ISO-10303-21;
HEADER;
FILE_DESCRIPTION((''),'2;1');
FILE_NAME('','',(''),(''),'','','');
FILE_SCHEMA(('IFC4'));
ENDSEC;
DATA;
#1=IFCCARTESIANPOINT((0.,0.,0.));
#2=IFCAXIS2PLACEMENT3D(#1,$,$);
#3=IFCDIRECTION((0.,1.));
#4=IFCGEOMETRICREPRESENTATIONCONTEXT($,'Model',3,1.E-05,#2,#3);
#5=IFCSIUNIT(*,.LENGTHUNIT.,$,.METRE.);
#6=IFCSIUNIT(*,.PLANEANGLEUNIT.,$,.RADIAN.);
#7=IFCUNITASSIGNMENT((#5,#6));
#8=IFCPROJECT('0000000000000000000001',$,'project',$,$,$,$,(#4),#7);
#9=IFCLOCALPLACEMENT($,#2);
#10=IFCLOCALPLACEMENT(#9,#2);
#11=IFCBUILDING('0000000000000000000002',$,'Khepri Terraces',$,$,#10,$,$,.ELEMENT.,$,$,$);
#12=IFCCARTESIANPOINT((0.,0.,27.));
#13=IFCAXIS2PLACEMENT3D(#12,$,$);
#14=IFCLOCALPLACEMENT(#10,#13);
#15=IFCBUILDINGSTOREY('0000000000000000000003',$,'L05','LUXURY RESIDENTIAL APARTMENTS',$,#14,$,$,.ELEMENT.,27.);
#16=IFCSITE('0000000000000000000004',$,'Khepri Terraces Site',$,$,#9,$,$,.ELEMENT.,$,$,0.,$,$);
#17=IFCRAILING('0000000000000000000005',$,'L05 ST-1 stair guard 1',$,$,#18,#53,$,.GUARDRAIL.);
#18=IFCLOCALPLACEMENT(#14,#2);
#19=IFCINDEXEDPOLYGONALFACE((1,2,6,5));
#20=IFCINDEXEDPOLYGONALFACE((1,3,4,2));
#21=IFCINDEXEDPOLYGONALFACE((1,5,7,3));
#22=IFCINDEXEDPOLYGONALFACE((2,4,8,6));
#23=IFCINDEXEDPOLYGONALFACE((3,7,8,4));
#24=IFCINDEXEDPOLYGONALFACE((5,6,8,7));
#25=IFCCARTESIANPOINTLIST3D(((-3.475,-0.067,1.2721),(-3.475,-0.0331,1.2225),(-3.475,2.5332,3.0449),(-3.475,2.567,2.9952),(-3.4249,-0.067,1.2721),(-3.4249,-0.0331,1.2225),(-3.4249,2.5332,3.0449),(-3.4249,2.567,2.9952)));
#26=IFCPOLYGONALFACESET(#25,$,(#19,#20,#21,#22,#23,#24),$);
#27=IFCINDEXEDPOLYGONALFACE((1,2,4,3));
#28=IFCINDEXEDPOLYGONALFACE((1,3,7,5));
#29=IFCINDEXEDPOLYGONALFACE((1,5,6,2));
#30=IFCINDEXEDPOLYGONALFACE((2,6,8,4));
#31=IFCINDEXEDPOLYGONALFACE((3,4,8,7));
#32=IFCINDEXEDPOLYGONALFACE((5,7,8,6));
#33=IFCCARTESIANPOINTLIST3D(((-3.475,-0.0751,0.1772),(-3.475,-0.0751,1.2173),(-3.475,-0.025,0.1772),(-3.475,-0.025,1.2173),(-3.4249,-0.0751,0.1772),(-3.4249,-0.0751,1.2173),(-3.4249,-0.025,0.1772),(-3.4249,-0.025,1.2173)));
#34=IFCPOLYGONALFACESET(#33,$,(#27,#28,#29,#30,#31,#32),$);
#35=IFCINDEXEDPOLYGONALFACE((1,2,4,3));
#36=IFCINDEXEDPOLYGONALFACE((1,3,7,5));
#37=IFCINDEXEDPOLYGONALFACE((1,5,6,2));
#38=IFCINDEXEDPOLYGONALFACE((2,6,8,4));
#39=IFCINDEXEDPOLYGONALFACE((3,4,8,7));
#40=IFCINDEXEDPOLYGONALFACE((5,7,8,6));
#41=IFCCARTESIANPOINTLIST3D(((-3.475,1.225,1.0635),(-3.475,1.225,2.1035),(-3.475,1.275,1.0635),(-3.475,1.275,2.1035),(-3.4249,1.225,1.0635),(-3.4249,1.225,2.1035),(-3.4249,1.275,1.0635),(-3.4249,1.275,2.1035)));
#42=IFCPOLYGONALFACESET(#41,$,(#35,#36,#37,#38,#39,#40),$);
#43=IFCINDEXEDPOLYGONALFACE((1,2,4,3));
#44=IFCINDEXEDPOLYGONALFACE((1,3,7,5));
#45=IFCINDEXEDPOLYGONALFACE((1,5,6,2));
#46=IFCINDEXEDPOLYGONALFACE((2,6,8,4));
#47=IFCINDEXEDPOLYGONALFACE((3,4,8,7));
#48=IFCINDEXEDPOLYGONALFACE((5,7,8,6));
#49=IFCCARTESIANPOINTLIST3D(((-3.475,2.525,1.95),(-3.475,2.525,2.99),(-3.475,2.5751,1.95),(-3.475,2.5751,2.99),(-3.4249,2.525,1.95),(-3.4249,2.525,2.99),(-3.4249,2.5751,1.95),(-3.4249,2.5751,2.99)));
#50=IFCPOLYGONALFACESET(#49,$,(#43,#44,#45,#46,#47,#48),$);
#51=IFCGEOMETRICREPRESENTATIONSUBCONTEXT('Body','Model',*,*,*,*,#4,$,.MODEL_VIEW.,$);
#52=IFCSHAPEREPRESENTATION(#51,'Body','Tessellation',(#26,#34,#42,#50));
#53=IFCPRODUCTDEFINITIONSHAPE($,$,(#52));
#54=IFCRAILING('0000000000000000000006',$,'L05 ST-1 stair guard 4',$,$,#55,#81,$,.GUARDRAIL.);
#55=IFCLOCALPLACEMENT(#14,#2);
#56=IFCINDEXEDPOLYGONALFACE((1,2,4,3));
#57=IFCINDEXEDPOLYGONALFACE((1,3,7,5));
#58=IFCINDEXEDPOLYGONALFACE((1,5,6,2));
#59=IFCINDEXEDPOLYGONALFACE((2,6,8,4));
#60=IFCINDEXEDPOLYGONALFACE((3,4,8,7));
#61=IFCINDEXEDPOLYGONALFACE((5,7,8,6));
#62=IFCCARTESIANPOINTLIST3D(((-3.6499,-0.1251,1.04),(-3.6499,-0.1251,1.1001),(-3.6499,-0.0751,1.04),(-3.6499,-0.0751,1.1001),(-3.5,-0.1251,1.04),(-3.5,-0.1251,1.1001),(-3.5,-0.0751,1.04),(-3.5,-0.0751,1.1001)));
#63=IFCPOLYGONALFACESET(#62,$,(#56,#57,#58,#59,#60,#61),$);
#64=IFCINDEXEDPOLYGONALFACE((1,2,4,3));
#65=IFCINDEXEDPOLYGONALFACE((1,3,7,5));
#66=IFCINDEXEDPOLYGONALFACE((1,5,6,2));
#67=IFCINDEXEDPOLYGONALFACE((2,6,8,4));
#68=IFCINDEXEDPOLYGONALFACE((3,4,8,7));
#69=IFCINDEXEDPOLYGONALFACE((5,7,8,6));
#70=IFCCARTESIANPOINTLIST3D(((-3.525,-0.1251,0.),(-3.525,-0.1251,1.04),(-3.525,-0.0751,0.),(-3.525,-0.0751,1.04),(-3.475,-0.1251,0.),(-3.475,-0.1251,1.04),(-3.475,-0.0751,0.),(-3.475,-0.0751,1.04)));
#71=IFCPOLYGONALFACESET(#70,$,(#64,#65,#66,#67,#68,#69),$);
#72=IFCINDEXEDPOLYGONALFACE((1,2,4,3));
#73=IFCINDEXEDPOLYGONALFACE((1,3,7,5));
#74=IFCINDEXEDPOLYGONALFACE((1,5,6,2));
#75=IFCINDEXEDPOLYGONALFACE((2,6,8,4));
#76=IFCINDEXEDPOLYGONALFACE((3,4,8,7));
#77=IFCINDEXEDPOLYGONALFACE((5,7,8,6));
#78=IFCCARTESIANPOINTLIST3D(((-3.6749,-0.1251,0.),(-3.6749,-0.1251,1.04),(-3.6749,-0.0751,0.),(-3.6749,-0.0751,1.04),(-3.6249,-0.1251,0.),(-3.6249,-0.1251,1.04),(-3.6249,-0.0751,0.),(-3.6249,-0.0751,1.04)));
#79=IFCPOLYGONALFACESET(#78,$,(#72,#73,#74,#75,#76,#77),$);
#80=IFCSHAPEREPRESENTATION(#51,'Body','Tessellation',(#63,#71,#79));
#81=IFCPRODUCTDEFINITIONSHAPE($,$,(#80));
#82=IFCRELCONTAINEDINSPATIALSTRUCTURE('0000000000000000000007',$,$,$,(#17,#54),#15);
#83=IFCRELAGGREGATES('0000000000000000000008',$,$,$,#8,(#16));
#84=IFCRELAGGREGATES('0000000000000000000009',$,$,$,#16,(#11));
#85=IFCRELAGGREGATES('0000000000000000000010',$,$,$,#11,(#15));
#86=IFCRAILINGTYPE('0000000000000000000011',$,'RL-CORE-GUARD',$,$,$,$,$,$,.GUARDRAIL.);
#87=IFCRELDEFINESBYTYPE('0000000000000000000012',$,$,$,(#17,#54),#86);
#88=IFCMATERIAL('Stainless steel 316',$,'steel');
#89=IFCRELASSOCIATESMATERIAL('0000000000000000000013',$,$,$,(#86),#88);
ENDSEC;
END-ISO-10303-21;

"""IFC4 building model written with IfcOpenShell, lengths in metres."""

from ifc_helpers import new_model, si_unit, direction, frame, origin, origin_2d, place, context, subcontext, project, spatial, rectangle, extrude, material, type_object, element, save


model = new_model("IFC4")

# Units and contexts
model_context = context("Model", 3, precision=1e-05, world=origin(), true_north=direction((0.0, 1.0)))
body_context = subcontext(model_context, "Body", "Model", "MODEL_VIEW")
ifc_project = project(units=[si_unit("LENGTHUNIT", "METRE"), si_unit("PLANEANGLEUNIT", "RADIAN")], contexts=[model_context])

# Site, building, storey
site_placement = place(None, origin())
site = spatial("IfcSite", under=ifc_project, at=site_placement, Name="Khepri Terraces Site", CompositionType="ELEMENT", RefElevation=0.0)
building_placement = place(site_placement, origin())
building = spatial("IfcBuilding", under=site, at=building_placement, Name="Khepri Terraces", CompositionType="ELEMENT")
storey_placement = place(building_placement, frame((0.0, 0.0, 27.0)))
storey = spatial("IfcBuildingStorey", under=building, at=storey_placement, Name="L05", Description="LUXURY RESIDENTIAL APARTMENTS", CompositionType="ELEMENT", Elevation=27.0)

# Railings
ifc_material_1 = material(Name="Stainless steel 316", Category="steel")
railing_type = type_object("IfcRailingType", Name="RL-CORE-GUARD", PredefinedType="GUARDRAIL", material=ifc_material_1)
railing_1_placement = place(storey_placement, frame((-3.45, -0.05, 0.1772)))
element("IfcRailing", 1, at=railing_1_placement, inside=storey, type_object=railing_type, Name="L05 ST-1 stair guard 1", PredefinedType="GUARDRAIL", context=body_context, shape_type="SweptSolid", body=[
    extrude(rectangle(XDim=0.05, YDim=0.0601, at=origin_2d()), frame((0.0, 0.0, 1.0701), z_axis=(0.0, 0.82624, 0.563318), x_axis=(-1.0, 0.0, 0.0)), (0.0, 0.0, 1.0), 3.147),
    extrude(rectangle(XDim=0.05, YDim=0.05, at=origin_2d()), origin(), (0.0, 0.0, 1.0), 1.04),
    extrude(rectangle(XDim=0.05, YDim=0.05, at=origin_2d()), frame((0.0, 1.3, 0.8862)), (0.0, 0.0, 1.0), 1.04),
    extrude(rectangle(XDim=0.05, YDim=0.05, at=origin_2d()), frame((0.0, 2.6001, 1.7727)), (0.0, 0.0, 1.0), 1.04),
])
railing_2_placement = place(storey_placement, frame((-3.5, -0.1001, 0.0)))
element("IfcRailing", 2, at=railing_2_placement, inside=storey, type_object=railing_type, Name="L05 ST-1 stair guard 4", PredefinedType="GUARDRAIL", context=body_context, shape_type="SweptSolid", body=[
    extrude(rectangle(XDim=0.05, YDim=0.0601, at=origin_2d()), frame((0.0, 0.0, 1.0701), z_axis=(-1.0, 0.0, 0.0), x_axis=(0.0, -1.0, 0.0)), (0.0, 0.0, 1.0), 0.1499),
    extrude(rectangle(XDim=0.05, YDim=0.05, at=origin_2d()), origin(), (0.0, 0.0, 1.0), 1.04),
    extrude(rectangle(XDim=0.05, YDim=0.05, at=origin_2d()), frame((-0.1499, 0.0, 0.0)), (0.0, 0.0, 1.0), 1.04),
])

save(model, "model.ifc")
